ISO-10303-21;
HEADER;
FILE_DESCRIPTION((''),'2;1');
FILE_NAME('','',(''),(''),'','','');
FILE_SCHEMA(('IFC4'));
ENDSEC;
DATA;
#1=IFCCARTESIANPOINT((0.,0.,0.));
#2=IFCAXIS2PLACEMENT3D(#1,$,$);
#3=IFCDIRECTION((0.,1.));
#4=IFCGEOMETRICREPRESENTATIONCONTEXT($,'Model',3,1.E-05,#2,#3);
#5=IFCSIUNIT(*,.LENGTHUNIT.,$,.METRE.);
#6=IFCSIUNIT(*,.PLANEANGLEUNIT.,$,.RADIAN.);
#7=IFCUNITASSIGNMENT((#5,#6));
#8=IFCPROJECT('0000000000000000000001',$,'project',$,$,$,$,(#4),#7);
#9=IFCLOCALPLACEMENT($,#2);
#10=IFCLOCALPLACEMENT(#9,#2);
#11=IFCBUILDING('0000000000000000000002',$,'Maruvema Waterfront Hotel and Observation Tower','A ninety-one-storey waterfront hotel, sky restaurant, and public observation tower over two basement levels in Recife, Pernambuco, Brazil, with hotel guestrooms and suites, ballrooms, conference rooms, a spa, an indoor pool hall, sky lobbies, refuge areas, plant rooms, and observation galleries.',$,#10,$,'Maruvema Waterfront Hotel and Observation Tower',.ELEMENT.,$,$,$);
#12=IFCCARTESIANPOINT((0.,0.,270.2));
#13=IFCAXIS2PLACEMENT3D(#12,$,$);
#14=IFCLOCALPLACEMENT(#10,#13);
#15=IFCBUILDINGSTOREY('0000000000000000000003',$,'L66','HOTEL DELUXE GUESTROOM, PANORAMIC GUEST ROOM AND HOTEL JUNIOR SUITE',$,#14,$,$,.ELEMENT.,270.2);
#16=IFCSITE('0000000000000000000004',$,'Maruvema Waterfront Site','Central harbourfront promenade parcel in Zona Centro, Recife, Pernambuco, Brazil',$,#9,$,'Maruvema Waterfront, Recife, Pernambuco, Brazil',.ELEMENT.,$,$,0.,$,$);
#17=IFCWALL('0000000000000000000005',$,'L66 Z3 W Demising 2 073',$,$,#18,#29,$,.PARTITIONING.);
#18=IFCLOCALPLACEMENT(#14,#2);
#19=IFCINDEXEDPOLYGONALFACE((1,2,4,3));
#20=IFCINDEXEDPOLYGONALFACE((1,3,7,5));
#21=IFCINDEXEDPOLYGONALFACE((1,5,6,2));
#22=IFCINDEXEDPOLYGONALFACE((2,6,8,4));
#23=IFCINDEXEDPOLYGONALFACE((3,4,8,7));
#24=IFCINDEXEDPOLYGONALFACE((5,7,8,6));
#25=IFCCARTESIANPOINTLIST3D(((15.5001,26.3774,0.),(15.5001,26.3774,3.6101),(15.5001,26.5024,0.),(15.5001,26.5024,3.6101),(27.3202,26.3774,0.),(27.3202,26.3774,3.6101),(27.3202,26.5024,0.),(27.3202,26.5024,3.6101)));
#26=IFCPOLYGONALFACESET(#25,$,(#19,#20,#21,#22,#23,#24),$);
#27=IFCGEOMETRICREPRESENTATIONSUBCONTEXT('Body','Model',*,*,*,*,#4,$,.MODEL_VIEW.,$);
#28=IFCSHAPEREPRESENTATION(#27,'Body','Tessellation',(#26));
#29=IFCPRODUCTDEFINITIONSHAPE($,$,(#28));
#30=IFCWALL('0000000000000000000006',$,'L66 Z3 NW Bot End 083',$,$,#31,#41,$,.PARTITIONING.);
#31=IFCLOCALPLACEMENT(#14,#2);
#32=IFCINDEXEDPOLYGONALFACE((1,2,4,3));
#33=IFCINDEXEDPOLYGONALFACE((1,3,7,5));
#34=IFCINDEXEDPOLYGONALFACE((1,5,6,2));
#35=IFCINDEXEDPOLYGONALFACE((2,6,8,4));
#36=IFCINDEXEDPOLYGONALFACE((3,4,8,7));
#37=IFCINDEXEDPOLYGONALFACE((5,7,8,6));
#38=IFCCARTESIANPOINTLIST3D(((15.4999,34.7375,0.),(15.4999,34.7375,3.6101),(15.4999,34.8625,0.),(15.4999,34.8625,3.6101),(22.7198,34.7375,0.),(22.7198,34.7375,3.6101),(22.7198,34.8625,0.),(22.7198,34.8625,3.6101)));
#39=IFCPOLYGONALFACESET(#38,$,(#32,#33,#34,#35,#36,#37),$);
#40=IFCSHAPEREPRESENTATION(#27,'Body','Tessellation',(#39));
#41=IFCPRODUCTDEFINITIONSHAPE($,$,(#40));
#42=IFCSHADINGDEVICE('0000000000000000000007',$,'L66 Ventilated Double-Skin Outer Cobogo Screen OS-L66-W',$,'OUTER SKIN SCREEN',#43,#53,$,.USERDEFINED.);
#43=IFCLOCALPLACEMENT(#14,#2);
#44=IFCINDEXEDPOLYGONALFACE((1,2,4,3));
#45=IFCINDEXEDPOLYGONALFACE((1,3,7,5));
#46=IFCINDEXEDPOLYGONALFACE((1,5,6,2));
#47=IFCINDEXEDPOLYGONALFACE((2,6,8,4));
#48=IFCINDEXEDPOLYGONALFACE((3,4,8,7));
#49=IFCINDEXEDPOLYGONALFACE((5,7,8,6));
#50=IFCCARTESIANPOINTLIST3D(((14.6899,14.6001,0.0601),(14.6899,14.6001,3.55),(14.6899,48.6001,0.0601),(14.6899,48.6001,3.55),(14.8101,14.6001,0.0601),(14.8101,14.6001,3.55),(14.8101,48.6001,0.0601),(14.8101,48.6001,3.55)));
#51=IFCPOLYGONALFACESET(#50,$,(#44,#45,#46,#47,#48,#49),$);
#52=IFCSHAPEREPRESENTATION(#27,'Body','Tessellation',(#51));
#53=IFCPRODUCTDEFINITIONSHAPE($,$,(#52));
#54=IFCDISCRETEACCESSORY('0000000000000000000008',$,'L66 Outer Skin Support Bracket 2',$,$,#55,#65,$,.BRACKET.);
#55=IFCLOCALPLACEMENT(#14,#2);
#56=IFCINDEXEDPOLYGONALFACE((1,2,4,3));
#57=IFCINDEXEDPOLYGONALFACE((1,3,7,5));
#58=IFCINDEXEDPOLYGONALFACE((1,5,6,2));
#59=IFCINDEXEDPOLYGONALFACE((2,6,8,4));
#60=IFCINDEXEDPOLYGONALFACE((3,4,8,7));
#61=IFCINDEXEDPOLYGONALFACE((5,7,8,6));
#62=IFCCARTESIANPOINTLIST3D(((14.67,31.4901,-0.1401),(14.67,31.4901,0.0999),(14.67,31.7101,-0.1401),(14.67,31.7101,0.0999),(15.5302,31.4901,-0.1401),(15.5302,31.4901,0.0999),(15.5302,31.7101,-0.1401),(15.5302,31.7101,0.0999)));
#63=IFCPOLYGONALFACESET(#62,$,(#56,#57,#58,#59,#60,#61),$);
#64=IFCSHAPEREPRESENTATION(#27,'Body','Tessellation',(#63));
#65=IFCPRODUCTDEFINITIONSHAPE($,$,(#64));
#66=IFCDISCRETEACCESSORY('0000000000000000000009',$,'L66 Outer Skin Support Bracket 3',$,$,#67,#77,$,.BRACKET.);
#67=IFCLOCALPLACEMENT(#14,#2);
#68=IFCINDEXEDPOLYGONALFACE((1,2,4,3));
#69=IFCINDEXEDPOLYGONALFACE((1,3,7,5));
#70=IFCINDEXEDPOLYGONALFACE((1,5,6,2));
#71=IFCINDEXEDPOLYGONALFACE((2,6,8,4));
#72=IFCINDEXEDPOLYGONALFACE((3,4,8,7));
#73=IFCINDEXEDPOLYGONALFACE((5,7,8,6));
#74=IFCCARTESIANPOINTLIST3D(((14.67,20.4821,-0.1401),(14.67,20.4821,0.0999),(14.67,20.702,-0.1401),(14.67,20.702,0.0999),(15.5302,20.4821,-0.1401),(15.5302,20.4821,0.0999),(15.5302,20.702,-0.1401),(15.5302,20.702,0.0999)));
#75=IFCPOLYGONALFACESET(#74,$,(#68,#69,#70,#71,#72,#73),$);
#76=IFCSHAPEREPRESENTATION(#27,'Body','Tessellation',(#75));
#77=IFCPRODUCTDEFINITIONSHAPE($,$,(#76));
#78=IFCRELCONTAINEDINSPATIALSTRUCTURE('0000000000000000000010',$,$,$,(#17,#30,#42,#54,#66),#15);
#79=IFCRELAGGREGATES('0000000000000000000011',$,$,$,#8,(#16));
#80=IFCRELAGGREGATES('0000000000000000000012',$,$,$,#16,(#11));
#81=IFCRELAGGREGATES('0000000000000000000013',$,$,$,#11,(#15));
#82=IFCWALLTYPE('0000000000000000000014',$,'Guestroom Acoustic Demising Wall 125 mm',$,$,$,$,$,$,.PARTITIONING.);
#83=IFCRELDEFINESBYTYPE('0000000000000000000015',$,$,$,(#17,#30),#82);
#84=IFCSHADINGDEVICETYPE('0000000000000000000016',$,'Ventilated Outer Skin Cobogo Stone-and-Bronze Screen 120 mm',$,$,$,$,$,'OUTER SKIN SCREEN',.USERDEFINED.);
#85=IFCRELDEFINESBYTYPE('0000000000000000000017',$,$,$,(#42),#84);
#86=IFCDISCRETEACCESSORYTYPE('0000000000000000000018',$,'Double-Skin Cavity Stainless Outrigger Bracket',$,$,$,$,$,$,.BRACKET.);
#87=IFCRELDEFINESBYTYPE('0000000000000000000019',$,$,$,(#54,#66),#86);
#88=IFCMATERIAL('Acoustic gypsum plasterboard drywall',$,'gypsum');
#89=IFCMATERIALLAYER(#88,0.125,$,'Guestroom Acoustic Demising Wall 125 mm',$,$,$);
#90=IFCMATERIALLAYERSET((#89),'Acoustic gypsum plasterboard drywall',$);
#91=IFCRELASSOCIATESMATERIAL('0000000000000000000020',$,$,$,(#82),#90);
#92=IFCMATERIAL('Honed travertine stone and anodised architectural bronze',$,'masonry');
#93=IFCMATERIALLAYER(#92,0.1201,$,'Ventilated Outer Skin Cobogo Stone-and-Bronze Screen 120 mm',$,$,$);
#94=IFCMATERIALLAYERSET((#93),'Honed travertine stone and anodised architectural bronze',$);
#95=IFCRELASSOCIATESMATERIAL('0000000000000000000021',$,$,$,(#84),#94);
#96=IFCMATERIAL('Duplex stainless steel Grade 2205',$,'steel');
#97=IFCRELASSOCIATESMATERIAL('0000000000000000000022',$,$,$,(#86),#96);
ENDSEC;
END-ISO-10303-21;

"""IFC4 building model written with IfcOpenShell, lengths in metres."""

from ifc_helpers import new_model, si_unit, direction, frame, frame_2d, origin, origin_2d, place, context, subcontext, project, spatial, rectangle, extrude, material, layer, layer_set, type_object, element, save


model = new_model("IFC4")

# Units and contexts
model_context = context("Model", 3, precision=1e-05, world=origin(), true_north=direction((0.0, 1.0)))
body_context = subcontext(model_context, "Body", "Model", "MODEL_VIEW")
ifc_project = project(units=[si_unit("LENGTHUNIT", "METRE"), si_unit("PLANEANGLEUNIT", "RADIAN")], contexts=[model_context])

# Site, building, storey
site_placement = place(None, origin())
site = spatial("IfcSite", under=ifc_project, at=site_placement, Name="Maruvema Waterfront Site", Description="Central harbourfront promenade parcel in Zona Centro, Recife, Pernambuco, Brazil", LongName="Maruvema Waterfront, Recife, Pernambuco, Brazil", CompositionType="ELEMENT", RefElevation=0.0)
building_placement = place(site_placement, origin())
building = spatial("IfcBuilding", under=site, at=building_placement, Name="Maruvema Waterfront Hotel and Observation Tower", Description="A ninety-one-storey waterfront hotel, sky restaurant, and public observation tower over two basement levels in Recife, Pernambuco, Brazil, with hotel guestrooms and suites, ballrooms, conference rooms, a spa, an indoor pool hall, sky lobbies, refuge areas, plant rooms, and observation galleries.", LongName="Maruvema Waterfront Hotel and Observation Tower", CompositionType="ELEMENT")
storey_placement = place(building_placement, frame((0.0, 0.0, 270.2)))
storey = spatial("IfcBuildingStorey", under=building, at=storey_placement, Name="L66", Description="HOTEL DELUXE GUESTROOM, PANORAMIC GUEST ROOM AND HOTEL JUNIOR SUITE", CompositionType="ELEMENT", Elevation=270.2)

# Walls
ifc_material_1 = material(Name="Acoustic gypsum plasterboard drywall", Category="gypsum")
ifc_layer_1 = layer(ifc_material_1, 0.125, Name="Guestroom Acoustic Demising Wall 125 mm")
ifc_layer_set_1 = layer_set([ifc_layer_1], Name="Acoustic gypsum plasterboard drywall")
wall_type_1 = type_object("IfcWallType", Name="Guestroom Acoustic Demising Wall 125 mm", PredefinedType="PARTITIONING", material=ifc_layer_set_1)
for number, where, z_axis, x_axis, name in (
    (1, (15.5, 26.4399, 0.0), (0.0, 0.0, 1.0), (1.0, 0.0, 0.0), "L66 Z3 W Demising 2 073"),
):
    element("IfcWall", number, at=place(storey_placement, frame(where, z_axis=z_axis, x_axis=x_axis)), inside=storey, type_object=wall_type_1, Name=name, PredefinedType="PARTITIONING", context=body_context, shape_type="SweptSolid", body=[
        extrude(rectangle(XDim=11.8201, YDim=0.125, at=frame_2d((5.9102, 0.0))), origin(), (0.0, 0.0, 1.0), 3.6101),
    ])
wall_1_placement = place(storey_placement, frame((15.5, 34.8, 0.0), z_axis=(0.0, 0.0, 1.0), x_axis=(1.0, 0.0, 0.0)))
element("IfcWall", 2, at=wall_1_placement, inside=storey, type_object=wall_type_1, Name="L66 Z3 NW Bot End 083", PredefinedType="PARTITIONING", context=body_context, shape_type="SweptSolid", body=[
    extrude(rectangle(XDim=7.22, YDim=0.125, at=frame_2d((3.6099, 0.0))), origin(), (0.0, 0.0, 1.0), 3.6101),
])

# Shading device
ifc_material_2 = material(Name="Honed travertine stone and anodised architectural bronze", Category="masonry")
ifc_layer_2 = layer(ifc_material_2, 0.1201, Name="Ventilated Outer Skin Cobogo Stone-and-Bronze Screen 120 mm")
ifc_layer_set_2 = layer_set([ifc_layer_2], Name="Honed travertine stone and anodised architectural bronze")
shading_device_type = type_object("IfcShadingDeviceType", Name="Ventilated Outer Skin Cobogo Stone-and-Bronze Screen 120 mm", ElementType="OUTER SKIN SCREEN", PredefinedType="USERDEFINED", material=ifc_layer_set_2)
shading_device_placement = place(storey_placement, frame((14.75, 31.6001, 0.0601), z_axis=(0.0, 0.0, 1.0), x_axis=(0.0, -1.0, 0.0)))
element("IfcShadingDevice", 3, at=shading_device_placement, inside=storey, type_object=shading_device_type, Name="L66 Ventilated Double-Skin Outer Cobogo Screen OS-L66-W", ObjectType="OUTER SKIN SCREEN", PredefinedType="USERDEFINED", context=body_context, shape_type="SweptSolid", body=[
    extrude(rectangle(XDim=34.0, YDim=0.1201, at=origin_2d()), origin(), (0.0, 0.0, 1.0), 3.49),
])

# Discrete accessories
ifc_material_3 = material(Name="Duplex stainless steel Grade 2205", Category="steel")
discrete_accessory_type = type_object("IfcDiscreteAccessoryType", Name="Double-Skin Cavity Stainless Outrigger Bracket", PredefinedType="BRACKET", material=ifc_material_3)
for number, where, z_axis, x_axis, name in (
    (4, (15.1001, 31.6001, -0.1401), (0.0, 0.0, 1.0), (0.0, -1.0, 0.0), "L66 Outer Skin Support Bracket 2"),
    (5, (15.1001, 20.592, -0.1401), (0.0, 0.0, 1.0), (0.0, -1.0, 0.0), "L66 Outer Skin Support Bracket 3"),
):
    element("IfcDiscreteAccessory", number, at=place(storey_placement, frame(where, z_axis=z_axis, x_axis=x_axis)), inside=storey, type_object=discrete_accessory_type, Name=name, PredefinedType="BRACKET", context=body_context, shape_type="SweptSolid", body=[
        extrude(rectangle(XDim=0.22, YDim=0.8601, at=origin_2d()), origin(), (0.0, 0.0, 1.0), 0.24),
    ])

save(model, "model.ifc")
